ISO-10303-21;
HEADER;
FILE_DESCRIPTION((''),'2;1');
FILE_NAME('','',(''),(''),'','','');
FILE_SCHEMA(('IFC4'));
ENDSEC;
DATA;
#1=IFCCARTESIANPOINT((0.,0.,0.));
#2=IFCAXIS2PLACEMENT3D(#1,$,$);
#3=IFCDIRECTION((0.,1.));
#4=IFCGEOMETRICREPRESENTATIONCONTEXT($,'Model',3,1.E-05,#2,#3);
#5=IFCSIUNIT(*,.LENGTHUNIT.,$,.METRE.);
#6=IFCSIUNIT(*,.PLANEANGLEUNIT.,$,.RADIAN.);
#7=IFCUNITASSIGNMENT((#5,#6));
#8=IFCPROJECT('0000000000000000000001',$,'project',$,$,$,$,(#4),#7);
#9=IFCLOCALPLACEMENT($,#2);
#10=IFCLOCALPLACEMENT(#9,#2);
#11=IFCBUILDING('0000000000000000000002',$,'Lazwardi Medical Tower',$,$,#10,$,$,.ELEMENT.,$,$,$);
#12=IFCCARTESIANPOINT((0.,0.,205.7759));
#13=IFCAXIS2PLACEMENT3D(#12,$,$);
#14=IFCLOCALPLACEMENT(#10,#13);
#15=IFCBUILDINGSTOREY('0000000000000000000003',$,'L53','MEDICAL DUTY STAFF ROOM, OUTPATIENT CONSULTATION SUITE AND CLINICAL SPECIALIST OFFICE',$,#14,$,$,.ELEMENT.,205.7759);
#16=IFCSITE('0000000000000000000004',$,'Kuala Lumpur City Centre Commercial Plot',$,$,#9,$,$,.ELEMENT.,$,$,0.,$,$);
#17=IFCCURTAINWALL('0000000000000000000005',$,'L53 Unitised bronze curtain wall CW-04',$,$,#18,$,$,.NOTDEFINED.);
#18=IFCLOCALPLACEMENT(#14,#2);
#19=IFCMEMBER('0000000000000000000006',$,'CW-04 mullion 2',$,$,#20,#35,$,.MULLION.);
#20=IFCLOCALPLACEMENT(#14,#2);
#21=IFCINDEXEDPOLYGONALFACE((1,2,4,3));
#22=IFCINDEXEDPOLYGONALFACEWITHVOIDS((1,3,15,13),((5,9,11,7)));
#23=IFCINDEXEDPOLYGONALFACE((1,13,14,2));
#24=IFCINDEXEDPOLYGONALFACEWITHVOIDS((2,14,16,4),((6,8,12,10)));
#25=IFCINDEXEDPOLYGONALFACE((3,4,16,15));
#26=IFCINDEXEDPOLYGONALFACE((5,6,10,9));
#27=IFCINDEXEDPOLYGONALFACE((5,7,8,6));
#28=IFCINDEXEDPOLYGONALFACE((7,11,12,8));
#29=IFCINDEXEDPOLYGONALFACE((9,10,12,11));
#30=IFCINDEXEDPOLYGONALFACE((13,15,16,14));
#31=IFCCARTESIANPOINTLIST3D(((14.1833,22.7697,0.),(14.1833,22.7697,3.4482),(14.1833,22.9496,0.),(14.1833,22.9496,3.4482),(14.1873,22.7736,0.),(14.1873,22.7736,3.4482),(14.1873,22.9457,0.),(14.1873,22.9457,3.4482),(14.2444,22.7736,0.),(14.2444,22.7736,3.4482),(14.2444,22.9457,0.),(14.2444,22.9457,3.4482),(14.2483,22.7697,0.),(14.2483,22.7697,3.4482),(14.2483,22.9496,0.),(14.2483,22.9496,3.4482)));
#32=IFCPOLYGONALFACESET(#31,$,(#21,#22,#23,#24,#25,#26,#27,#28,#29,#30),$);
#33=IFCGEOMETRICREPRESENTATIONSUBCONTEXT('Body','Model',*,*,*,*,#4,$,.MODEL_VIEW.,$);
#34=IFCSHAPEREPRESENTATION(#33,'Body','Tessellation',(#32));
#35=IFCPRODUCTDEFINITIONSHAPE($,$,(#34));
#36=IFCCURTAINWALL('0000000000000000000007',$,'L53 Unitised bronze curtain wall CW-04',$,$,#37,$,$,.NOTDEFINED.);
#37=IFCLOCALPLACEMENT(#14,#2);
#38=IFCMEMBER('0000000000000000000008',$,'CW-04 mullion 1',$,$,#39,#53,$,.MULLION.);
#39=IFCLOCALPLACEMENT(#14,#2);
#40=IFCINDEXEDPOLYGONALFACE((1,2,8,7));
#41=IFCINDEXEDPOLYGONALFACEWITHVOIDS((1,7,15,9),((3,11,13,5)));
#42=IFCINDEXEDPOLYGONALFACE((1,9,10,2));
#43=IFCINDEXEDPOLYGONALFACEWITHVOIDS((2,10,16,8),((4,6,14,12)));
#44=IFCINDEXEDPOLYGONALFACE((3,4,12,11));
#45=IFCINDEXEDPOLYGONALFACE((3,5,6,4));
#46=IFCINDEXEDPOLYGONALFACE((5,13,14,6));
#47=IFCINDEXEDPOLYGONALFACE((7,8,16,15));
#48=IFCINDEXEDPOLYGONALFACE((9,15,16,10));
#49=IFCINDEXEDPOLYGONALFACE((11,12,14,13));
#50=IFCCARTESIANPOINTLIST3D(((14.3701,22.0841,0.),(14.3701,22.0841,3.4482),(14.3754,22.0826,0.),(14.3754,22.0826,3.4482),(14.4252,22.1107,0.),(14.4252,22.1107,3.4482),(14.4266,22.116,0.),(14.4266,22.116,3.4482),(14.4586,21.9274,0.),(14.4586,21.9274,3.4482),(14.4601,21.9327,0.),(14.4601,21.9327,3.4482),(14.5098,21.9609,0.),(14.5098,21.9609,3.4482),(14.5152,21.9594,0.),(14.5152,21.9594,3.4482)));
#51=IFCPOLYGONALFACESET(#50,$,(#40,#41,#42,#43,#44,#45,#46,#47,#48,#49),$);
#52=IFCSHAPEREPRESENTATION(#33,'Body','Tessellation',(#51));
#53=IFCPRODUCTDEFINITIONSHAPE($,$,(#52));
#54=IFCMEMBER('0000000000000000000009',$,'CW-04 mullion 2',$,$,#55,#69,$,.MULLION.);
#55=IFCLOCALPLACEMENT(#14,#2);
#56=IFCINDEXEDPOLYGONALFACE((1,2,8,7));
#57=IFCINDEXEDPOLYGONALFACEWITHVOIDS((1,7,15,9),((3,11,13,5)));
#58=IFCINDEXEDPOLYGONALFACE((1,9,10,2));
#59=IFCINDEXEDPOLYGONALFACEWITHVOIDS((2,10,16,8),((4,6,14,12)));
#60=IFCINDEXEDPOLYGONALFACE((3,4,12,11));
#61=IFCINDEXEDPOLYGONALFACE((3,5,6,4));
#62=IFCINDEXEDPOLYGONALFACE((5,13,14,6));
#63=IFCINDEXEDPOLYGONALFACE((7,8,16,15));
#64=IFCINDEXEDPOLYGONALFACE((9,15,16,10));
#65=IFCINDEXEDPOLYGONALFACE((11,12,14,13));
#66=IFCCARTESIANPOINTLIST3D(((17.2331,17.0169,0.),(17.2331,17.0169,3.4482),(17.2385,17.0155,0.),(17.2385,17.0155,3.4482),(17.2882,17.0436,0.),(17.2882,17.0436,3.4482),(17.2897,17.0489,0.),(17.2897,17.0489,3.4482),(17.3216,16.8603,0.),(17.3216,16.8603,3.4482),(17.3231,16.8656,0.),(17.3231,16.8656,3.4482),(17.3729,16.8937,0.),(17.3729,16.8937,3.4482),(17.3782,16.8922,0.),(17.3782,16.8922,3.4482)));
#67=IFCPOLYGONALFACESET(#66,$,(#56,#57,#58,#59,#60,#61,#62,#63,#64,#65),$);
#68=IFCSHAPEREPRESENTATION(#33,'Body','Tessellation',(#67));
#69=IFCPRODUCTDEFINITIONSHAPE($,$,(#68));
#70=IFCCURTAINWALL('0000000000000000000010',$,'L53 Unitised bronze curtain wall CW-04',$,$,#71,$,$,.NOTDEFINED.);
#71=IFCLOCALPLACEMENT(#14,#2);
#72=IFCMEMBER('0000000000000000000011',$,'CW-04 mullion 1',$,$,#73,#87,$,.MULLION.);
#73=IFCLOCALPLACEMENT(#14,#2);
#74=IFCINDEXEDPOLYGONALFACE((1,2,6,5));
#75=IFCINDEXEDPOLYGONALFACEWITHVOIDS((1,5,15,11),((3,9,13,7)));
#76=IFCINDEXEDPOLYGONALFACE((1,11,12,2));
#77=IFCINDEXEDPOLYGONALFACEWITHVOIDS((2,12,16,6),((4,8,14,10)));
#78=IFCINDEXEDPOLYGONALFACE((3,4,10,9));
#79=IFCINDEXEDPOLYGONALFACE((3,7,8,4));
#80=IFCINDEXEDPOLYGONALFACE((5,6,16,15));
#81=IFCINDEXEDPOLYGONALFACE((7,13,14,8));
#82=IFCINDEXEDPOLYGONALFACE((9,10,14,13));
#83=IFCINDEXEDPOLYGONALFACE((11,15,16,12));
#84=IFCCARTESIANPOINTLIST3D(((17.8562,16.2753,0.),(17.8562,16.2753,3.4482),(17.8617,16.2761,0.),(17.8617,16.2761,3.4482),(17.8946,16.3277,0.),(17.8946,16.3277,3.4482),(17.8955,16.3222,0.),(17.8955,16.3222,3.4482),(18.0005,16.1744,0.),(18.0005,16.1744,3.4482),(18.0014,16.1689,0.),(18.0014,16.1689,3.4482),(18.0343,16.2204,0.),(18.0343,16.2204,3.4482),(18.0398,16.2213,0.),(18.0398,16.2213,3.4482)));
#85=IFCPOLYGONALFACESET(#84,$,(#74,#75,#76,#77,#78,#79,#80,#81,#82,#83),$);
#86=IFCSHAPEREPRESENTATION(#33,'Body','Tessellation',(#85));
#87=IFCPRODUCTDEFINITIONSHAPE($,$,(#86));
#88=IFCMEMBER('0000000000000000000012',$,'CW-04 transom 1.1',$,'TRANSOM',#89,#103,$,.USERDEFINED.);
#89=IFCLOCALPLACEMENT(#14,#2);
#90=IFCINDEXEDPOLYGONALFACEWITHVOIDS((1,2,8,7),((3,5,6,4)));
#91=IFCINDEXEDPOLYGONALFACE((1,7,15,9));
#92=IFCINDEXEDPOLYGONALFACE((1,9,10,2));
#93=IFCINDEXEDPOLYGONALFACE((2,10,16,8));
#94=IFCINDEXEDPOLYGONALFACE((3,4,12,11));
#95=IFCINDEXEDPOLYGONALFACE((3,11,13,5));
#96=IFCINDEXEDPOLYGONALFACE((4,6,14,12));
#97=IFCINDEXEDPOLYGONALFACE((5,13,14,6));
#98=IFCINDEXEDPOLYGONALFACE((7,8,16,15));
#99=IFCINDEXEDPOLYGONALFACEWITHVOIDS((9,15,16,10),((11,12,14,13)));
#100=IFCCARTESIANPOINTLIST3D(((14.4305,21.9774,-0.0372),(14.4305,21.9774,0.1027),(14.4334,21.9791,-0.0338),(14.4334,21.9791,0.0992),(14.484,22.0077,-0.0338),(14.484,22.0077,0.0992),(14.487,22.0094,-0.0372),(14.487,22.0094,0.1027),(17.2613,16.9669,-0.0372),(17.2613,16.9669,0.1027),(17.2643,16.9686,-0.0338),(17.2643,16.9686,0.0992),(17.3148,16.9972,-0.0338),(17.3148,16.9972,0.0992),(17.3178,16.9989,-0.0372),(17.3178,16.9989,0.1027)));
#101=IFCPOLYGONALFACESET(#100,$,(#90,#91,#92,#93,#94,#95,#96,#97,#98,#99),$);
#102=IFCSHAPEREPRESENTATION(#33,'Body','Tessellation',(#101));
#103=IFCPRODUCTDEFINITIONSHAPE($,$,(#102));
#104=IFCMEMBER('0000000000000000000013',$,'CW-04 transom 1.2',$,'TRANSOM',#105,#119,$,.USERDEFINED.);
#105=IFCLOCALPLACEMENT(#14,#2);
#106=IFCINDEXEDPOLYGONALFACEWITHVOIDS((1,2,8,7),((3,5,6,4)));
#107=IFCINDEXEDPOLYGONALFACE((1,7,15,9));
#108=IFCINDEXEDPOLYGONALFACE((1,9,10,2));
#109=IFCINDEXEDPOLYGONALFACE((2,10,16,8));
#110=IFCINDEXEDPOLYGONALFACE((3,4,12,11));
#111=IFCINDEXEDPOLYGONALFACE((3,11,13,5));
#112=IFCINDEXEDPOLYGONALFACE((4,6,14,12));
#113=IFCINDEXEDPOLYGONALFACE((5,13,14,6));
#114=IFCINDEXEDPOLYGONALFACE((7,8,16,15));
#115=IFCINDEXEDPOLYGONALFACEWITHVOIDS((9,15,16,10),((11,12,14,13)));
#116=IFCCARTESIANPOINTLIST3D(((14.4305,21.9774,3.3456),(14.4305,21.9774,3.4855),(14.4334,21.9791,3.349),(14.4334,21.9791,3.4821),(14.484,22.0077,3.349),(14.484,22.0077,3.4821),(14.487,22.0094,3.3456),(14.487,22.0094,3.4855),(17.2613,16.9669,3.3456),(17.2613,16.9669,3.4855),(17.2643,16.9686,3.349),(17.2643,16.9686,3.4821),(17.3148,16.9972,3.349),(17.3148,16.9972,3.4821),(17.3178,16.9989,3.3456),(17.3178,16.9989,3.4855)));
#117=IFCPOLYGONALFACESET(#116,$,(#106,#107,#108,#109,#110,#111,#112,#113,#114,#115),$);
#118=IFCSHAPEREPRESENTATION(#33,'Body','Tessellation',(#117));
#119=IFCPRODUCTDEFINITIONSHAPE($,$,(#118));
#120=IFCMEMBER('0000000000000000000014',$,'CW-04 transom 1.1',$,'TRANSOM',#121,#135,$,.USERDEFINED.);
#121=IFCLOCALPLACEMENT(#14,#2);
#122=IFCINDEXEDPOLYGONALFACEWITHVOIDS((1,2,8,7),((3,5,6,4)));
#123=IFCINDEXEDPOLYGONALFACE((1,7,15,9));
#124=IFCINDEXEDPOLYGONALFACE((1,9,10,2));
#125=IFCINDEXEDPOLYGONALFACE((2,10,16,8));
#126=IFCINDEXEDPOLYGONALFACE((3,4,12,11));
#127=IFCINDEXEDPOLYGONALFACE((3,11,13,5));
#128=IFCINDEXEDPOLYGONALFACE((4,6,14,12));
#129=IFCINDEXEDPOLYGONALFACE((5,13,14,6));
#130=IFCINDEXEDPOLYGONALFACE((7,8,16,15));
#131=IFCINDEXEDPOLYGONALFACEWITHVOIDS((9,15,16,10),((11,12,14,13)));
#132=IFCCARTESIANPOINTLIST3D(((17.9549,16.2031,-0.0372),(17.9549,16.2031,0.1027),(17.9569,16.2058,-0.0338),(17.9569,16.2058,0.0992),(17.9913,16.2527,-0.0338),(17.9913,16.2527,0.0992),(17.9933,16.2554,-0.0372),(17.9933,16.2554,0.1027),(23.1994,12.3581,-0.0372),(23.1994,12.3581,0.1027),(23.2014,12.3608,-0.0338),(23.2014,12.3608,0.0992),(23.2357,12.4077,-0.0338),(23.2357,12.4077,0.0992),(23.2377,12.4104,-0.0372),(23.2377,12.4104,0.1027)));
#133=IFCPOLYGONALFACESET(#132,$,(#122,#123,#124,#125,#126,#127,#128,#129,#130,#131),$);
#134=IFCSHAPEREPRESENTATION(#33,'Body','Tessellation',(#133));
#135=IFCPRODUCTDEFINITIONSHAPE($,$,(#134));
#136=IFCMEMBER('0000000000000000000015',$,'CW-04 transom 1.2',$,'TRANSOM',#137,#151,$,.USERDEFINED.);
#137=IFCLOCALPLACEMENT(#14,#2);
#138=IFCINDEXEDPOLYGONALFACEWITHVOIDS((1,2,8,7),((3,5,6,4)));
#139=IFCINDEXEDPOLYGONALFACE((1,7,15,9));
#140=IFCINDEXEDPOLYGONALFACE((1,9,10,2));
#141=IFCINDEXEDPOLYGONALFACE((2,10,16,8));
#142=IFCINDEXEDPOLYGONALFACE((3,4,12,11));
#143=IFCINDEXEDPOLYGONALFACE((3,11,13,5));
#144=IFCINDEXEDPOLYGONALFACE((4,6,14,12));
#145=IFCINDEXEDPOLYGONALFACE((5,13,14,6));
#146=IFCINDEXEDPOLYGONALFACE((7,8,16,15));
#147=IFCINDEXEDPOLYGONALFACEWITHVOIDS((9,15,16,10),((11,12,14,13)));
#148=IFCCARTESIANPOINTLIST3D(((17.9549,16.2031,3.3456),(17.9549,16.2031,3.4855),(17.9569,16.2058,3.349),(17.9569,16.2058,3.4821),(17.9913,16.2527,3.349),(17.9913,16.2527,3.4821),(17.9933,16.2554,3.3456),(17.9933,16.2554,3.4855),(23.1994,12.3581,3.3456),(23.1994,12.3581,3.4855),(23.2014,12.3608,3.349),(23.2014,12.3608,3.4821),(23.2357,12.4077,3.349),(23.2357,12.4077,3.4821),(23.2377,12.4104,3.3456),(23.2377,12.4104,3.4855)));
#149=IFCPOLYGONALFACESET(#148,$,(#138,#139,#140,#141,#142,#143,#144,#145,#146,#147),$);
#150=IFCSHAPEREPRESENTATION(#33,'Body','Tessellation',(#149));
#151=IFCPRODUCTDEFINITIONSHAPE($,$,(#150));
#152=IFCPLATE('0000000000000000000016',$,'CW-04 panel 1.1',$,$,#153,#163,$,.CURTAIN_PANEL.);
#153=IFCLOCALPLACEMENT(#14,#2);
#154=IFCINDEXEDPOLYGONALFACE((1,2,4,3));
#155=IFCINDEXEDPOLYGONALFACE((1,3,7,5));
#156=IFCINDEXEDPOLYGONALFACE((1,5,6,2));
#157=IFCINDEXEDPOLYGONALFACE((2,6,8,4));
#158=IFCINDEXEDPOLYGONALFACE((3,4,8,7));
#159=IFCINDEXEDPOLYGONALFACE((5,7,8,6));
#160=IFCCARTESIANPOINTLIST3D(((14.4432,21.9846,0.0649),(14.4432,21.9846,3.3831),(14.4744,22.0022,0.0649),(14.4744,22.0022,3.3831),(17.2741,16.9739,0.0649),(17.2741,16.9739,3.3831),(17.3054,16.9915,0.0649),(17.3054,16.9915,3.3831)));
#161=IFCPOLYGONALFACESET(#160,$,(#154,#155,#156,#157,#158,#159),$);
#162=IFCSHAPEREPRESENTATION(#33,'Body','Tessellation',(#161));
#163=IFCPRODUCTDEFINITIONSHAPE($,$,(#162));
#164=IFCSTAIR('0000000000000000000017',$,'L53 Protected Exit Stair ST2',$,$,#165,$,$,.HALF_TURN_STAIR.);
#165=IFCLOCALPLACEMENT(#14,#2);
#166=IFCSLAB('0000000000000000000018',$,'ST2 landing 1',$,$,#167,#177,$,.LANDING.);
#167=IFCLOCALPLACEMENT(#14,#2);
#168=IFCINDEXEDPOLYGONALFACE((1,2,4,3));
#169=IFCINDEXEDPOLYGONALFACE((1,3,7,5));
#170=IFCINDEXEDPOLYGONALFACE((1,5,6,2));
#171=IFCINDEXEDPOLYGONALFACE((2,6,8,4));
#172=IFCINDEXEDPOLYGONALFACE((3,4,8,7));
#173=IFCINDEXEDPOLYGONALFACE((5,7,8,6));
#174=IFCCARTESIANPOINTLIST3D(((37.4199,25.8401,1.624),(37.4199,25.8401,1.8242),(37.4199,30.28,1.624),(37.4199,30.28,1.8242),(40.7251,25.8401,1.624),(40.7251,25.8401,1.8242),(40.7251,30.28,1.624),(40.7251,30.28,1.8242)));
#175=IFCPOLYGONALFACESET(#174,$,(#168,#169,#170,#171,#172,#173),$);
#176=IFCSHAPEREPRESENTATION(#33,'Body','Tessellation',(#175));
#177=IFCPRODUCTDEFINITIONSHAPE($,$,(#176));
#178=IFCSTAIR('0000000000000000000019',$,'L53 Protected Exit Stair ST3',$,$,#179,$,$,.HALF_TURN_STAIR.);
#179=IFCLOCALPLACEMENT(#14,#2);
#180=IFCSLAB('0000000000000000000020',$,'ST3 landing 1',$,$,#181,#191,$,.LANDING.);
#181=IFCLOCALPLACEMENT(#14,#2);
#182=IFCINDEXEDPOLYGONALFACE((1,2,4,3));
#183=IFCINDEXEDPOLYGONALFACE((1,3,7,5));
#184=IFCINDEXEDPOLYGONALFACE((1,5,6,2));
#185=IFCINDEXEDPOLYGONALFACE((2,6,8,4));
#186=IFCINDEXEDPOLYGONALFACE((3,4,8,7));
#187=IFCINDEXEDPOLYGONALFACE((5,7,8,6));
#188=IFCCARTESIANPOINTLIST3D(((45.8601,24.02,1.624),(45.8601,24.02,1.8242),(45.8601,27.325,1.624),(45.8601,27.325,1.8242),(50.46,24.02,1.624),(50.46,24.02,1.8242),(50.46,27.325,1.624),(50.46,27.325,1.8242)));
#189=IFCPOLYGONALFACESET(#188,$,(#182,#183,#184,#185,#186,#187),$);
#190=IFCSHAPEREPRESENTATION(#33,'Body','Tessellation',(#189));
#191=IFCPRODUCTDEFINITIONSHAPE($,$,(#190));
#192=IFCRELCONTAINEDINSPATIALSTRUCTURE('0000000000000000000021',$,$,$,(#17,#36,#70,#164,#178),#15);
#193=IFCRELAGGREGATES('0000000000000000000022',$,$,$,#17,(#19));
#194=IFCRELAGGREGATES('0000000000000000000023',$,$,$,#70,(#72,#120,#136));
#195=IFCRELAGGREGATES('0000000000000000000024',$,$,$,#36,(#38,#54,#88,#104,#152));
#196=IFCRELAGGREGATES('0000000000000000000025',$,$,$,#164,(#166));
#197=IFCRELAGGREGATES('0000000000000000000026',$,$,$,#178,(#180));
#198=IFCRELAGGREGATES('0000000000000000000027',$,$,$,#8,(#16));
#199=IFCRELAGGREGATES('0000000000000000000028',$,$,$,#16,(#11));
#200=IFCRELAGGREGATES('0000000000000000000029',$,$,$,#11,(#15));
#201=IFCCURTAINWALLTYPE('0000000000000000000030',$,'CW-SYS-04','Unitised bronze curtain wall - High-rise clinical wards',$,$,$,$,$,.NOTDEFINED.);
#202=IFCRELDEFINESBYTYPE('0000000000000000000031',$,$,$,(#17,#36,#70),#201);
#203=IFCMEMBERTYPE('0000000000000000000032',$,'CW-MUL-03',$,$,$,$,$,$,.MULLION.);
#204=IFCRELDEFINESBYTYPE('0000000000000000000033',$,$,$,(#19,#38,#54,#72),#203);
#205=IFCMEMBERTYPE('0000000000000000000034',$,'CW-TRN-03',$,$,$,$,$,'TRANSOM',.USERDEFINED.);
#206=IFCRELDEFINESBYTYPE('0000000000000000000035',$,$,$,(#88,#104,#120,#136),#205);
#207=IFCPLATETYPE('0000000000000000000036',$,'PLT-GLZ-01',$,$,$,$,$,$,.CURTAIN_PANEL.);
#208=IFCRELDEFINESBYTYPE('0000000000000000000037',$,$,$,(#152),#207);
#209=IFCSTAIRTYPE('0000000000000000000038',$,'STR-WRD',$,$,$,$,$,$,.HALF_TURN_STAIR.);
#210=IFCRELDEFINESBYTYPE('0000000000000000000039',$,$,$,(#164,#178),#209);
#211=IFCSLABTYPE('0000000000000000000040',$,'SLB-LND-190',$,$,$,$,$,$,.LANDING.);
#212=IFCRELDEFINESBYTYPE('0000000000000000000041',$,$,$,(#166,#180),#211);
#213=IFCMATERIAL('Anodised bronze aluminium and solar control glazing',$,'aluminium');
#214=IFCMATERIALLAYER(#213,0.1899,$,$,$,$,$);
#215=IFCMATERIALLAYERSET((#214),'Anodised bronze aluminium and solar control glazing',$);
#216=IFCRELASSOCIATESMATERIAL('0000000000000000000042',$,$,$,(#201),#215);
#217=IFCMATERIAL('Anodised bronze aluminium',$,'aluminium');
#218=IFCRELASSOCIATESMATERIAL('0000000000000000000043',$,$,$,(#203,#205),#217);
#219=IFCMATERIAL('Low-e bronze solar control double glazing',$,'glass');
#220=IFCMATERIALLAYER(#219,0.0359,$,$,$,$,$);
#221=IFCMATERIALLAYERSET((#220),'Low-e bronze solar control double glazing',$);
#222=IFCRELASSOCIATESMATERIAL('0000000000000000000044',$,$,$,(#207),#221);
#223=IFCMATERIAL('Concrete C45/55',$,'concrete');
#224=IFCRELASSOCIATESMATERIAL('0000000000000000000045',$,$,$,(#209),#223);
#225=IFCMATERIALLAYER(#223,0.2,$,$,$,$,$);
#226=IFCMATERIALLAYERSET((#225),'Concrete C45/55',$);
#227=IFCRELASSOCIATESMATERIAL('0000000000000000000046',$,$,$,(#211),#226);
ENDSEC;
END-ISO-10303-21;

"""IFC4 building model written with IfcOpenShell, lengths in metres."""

from ifc_helpers import new_model, si_unit, direction, frame, origin, origin_2d, place, context, subcontext, project, spatial, polyline, rectangle, hollow_rectangle, outline, extrude, material, layer, layer_set, material_profile, profile_set, type_object, element, aggregate, save


model = new_model("IFC4")

# Units and contexts
model_context = context("Model", 3, precision=1e-05, world=origin(), true_north=direction((0.0, 1.0)))
body_context = subcontext(model_context, "Body", "Model", "MODEL_VIEW")
ifc_project = project(units=[si_unit("LENGTHUNIT", "METRE"), si_unit("PLANEANGLEUNIT", "RADIAN")], contexts=[model_context])

# Site, building, storey
site_placement = place(None, origin())
site = spatial("IfcSite", under=ifc_project, at=site_placement, Name="Kuala Lumpur City Centre Commercial Plot", CompositionType="ELEMENT", RefElevation=0.0)
building_placement = place(site_placement, origin())
building = spatial("IfcBuilding", under=site, at=building_placement, Name="Lazwardi Medical Tower", CompositionType="ELEMENT")
storey_placement = place(building_placement, frame((0.0, 0.0, 205.7759)))
storey = spatial("IfcBuildingStorey", under=building, at=storey_placement, Name="L53", Description="MEDICAL DUTY STAFF ROOM, OUTPATIENT CONSULTATION SUITE AND CLINICAL SPECIALIST OFFICE", CompositionType="ELEMENT", Elevation=205.7759)

# Curtain wall, member
ifc_material_1 = material(Name="Anodised bronze aluminium and solar control glazing", Category="aluminium")
ifc_layer_1 = layer(ifc_material_1, 0.1899)
ifc_layer_set_1 = layer_set([ifc_layer_1], Name="Anodised bronze aluminium and solar control glazing")
curtain_wall_type = type_object("IfcCurtainWallType", Name="CW-SYS-04", Description="Unitised bronze curtain wall - High-rise clinical wards", PredefinedType="NOTDEFINED", material=ifc_layer_set_1)
curtain_wall_1_placement = place(storey_placement, origin())
curtain_wall_1 = element("IfcCurtainWall", 1, at=curtain_wall_1_placement, inside=storey, type_object=curtain_wall_type, Name="L53 Unitised bronze curtain wall CW-04", PredefinedType="NOTDEFINED")
ifc_material_2 = material(Name="Anodised bronze aluminium", Category="aluminium")
ifc_material_profile_1 = material_profile(ifc_material_2, hollow_rectangle(XDim=0.0649, YDim=0.1799, WallThickness=0.0039, at=origin_2d()), Name="ALU-MULLION 180x65x4")
ifc_profile_set_1 = profile_set([ifc_material_profile_1], Name="Anodised bronze aluminium")
member_type_1 = type_object("IfcMemberType", Name="CW-MUL-03", PredefinedType="MULLION", material=ifc_profile_set_1)
member_1_placement = place(storey_placement, frame((14.2158, 22.8596, 0.0), z_axis=(0.0, 0.0, 1.0), x_axis=(1.0, 0.0, 0.0)))
member_1 = element("IfcMember", 2, at=member_1_placement, type_object=member_type_1, Name="CW-04 mullion 2", PredefinedType="MULLION", context=body_context, shape_type="SweptSolid", body=[
    extrude(hollow_rectangle(XDim=0.0649, YDim=0.1799, WallThickness=0.0039, at=origin_2d()), origin(), (0.0, 0.0, 1.0), 3.4482),
])
aggregate(curtain_wall_1, [member_1])

# Curtain wall, members
curtain_wall_2_placement = place(storey_placement, origin())
curtain_wall_2 = element("IfcCurtainWall", 3, at=curtain_wall_2_placement, inside=storey, type_object=curtain_wall_type, Name="L53 Unitised bronze curtain wall CW-04", PredefinedType="NOTDEFINED")
member_2_placement = place(storey_placement, frame((14.4426, 22.0217, 0.0), z_axis=(0.0, 0.0, 1.0), x_axis=(0.870651, 0.4919, 0.0)))
member_2 = element("IfcMember", 4, at=member_2_placement, type_object=member_type_1, Name="CW-04 mullion 1", PredefinedType="MULLION", context=body_context, shape_type="SweptSolid", body=[
    extrude(hollow_rectangle(XDim=0.0649, YDim=0.1799, WallThickness=0.0039, at=origin_2d()), origin(), (0.0, 0.0, 1.0), 3.4482),
])
member_3_placement = place(storey_placement, frame((17.3057, 16.9546, 0.0), z_axis=(0.0, 0.0, 1.0), x_axis=(0.870651, 0.4919, 0.0)))
member_3 = element("IfcMember", 5, at=member_3_placement, type_object=member_type_1, Name="CW-04 mullion 2", PredefinedType="MULLION", context=body_context, shape_type="SweptSolid", body=[
    extrude(hollow_rectangle(XDim=0.0649, YDim=0.1799, WallThickness=0.0039, at=origin_2d()), origin(), (0.0, 0.0, 1.0), 3.4482),
])

# Curtain wall, member
curtain_wall_3_placement = place(storey_placement, origin())
curtain_wall_3 = element("IfcCurtainWall", 6, at=curtain_wall_3_placement, inside=storey, type_object=curtain_wall_type, Name="L53 Unitised bronze curtain wall CW-04", PredefinedType="NOTDEFINED")
member_4_placement = place(storey_placement, frame((17.948, 16.2483, 0.0), z_axis=(0.0, 0.0, 1.0), x_axis=(0.591268, 0.806475, 0.0)))
member_4 = element("IfcMember", 7, at=member_4_placement, type_object=member_type_1, Name="CW-04 mullion 1", PredefinedType="MULLION", context=body_context, shape_type="SweptSolid", body=[
    extrude(hollow_rectangle(XDim=0.0649, YDim=0.1799, WallThickness=0.0039, at=origin_2d()), origin(), (0.0, 0.0, 1.0), 3.4482),
])

# Members
ifc_material_profile_2 = material_profile(ifc_material_2, hollow_rectangle(XDim=0.0649, YDim=0.1399, WallThickness=0.0034, at=origin_2d()), Name="ALU-TRANSOM 140x65x3.5")
ifc_profile_set_2 = profile_set([ifc_material_profile_2], Name="Anodised bronze aluminium")
member_type_2 = type_object("IfcMemberType", Name="CW-TRN-03", ElementType="TRANSOM", PredefinedType="USERDEFINED", material=ifc_profile_set_2)
member_5_placement = place(storey_placement, frame((14.4587, 21.9934, 0.0327), z_axis=(0.491898, -0.870653, 0.0), x_axis=(0.870653, 0.491898, 0.0)))
member_5 = element("IfcMember", 8, at=member_5_placement, type_object=member_type_2, Name="CW-04 transom 1.1", ObjectType="TRANSOM", PredefinedType="USERDEFINED", context=body_context, shape_type="SweptSolid", body=[
    extrude(hollow_rectangle(XDim=0.0649, YDim=0.1399, WallThickness=0.0034, at=origin_2d()), origin(), (0.0, 0.0, 1.0), 5.7549),
])
member_6_placement = place(storey_placement, frame((14.4587, 21.9934, 3.4155), z_axis=(0.491898, -0.870653, 0.0), x_axis=(0.870653, 0.491898, 0.0)))
member_6 = element("IfcMember", 9, at=member_6_placement, type_object=member_type_2, Name="CW-04 transom 1.2", ObjectType="TRANSOM", PredefinedType="USERDEFINED", context=body_context, shape_type="SweptSolid", body=[
    extrude(hollow_rectangle(XDim=0.0649, YDim=0.1399, WallThickness=0.0034, at=origin_2d()), origin(), (0.0, 0.0, 1.0), 5.7549),
])
member_7_placement = place(storey_placement, frame((17.9741, 16.2292, 0.0327), z_axis=(0.806472, -0.591273, 0.0), x_axis=(0.591273, 0.806472, 0.0)))
member_7 = element("IfcMember", 10, at=member_7_placement, type_object=member_type_2, Name="CW-04 transom 1.1", ObjectType="TRANSOM", PredefinedType="USERDEFINED", context=body_context, shape_type="SweptSolid", body=[
    extrude(hollow_rectangle(XDim=0.0649, YDim=0.1399, WallThickness=0.0034, at=origin_2d()), origin(), (0.0, 0.0, 1.0), 6.5029),
])
member_8_placement = place(storey_placement, frame((17.9741, 16.2292, 3.4155), z_axis=(0.806472, -0.591273, 0.0), x_axis=(0.591273, 0.806472, 0.0)))
member_8 = element("IfcMember", 11, at=member_8_placement, type_object=member_type_2, Name="CW-04 transom 1.2", ObjectType="TRANSOM", PredefinedType="USERDEFINED", context=body_context, shape_type="SweptSolid", body=[
    extrude(hollow_rectangle(XDim=0.0649, YDim=0.1399, WallThickness=0.0034, at=origin_2d()), origin(), (0.0, 0.0, 1.0), 6.5029),
])
aggregate(curtain_wall_3, [member_4, member_7, member_8])

# Plate
ifc_material_3 = material(Name="Low-e bronze solar control double glazing", Category="glass")
ifc_layer_2 = layer(ifc_material_3, 0.0359)
ifc_layer_set_2 = layer_set([ifc_layer_2], Name="Low-e bronze solar control double glazing")
plate_type = type_object("IfcPlateType", Name="PLT-GLZ-01", PredefinedType="CURTAIN_PANEL", material=ifc_layer_set_2)
plate_placement = place(storey_placement, frame((15.8743, 19.488, 0.0649), z_axis=(0.0, 0.0, 1.0), x_axis=(0.4919, -0.870651, 0.0)))
plate = element("IfcPlate", 12, at=plate_placement, type_object=plate_type, Name="CW-04 panel 1.1", PredefinedType="CURTAIN_PANEL", context=body_context, shape_type="SweptSolid", body=[
    extrude(rectangle(XDim=5.7551, YDim=0.0359, at=origin_2d()), origin(), (0.0, 0.0, 1.0), 3.3181),
])
aggregate(curtain_wall_2, [member_2, member_3, member_5, member_6, plate])

# Stairs, slabs
ifc_material_4 = material(Name="Concrete C45/55", Category="concrete")
stair_type = type_object("IfcStairType", Name="STR-WRD", PredefinedType="HALF_TURN_STAIR", material=ifc_material_4)
stair_1_placement = place(storey_placement, origin())
stair_1 = element("IfcStair", 13, at=stair_1_placement, inside=storey, type_object=stair_type, Name="L53 Protected Exit Stair ST2", PredefinedType="HALF_TURN_STAIR")
ifc_layer_3 = layer(ifc_material_4, 0.2)
ifc_layer_set_3 = layer_set([ifc_layer_3], Name="Concrete C45/55")
slab_type = type_object("IfcSlabType", Name="SLB-LND-190", PredefinedType="LANDING", material=ifc_layer_set_3)
slab_1_placement = place(storey_placement, frame((0.0, 0.0, 1.624)))
slab_1 = element("IfcSlab", 14, at=slab_1_placement, type_object=slab_type, Name="ST2 landing 1", PredefinedType="LANDING", context=body_context, shape_type="SweptSolid", body=[
    extrude(outline(polyline([(40.7251, 30.28), (37.4199, 30.28), (37.4199, 25.8401), (40.7251, 25.8401), (40.7251, 30.28)])), origin(), (0.0, 0.0, 1.0), 0.2002),
])
aggregate(stair_1, [slab_1])
stair_2_placement = place(storey_placement, origin())
stair_2 = element("IfcStair", 15, at=stair_2_placement, inside=storey, type_object=stair_type, Name="L53 Protected Exit Stair ST3", PredefinedType="HALF_TURN_STAIR")
slab_2_placement = place(storey_placement, frame((0.0, 0.0, 1.624)))
slab_2 = element("IfcSlab", 16, at=slab_2_placement, type_object=slab_type, Name="ST3 landing 1", PredefinedType="LANDING", context=body_context, shape_type="SweptSolid", body=[
    extrude(outline(polyline([(45.8601, 27.325), (45.8601, 24.02), (50.46, 24.02), (50.46, 27.325), (45.8601, 27.325)])), origin(), (0.0, 0.0, 1.0), 0.2002),
])
aggregate(stair_2, [slab_2])

save(model, "model.ifc")
